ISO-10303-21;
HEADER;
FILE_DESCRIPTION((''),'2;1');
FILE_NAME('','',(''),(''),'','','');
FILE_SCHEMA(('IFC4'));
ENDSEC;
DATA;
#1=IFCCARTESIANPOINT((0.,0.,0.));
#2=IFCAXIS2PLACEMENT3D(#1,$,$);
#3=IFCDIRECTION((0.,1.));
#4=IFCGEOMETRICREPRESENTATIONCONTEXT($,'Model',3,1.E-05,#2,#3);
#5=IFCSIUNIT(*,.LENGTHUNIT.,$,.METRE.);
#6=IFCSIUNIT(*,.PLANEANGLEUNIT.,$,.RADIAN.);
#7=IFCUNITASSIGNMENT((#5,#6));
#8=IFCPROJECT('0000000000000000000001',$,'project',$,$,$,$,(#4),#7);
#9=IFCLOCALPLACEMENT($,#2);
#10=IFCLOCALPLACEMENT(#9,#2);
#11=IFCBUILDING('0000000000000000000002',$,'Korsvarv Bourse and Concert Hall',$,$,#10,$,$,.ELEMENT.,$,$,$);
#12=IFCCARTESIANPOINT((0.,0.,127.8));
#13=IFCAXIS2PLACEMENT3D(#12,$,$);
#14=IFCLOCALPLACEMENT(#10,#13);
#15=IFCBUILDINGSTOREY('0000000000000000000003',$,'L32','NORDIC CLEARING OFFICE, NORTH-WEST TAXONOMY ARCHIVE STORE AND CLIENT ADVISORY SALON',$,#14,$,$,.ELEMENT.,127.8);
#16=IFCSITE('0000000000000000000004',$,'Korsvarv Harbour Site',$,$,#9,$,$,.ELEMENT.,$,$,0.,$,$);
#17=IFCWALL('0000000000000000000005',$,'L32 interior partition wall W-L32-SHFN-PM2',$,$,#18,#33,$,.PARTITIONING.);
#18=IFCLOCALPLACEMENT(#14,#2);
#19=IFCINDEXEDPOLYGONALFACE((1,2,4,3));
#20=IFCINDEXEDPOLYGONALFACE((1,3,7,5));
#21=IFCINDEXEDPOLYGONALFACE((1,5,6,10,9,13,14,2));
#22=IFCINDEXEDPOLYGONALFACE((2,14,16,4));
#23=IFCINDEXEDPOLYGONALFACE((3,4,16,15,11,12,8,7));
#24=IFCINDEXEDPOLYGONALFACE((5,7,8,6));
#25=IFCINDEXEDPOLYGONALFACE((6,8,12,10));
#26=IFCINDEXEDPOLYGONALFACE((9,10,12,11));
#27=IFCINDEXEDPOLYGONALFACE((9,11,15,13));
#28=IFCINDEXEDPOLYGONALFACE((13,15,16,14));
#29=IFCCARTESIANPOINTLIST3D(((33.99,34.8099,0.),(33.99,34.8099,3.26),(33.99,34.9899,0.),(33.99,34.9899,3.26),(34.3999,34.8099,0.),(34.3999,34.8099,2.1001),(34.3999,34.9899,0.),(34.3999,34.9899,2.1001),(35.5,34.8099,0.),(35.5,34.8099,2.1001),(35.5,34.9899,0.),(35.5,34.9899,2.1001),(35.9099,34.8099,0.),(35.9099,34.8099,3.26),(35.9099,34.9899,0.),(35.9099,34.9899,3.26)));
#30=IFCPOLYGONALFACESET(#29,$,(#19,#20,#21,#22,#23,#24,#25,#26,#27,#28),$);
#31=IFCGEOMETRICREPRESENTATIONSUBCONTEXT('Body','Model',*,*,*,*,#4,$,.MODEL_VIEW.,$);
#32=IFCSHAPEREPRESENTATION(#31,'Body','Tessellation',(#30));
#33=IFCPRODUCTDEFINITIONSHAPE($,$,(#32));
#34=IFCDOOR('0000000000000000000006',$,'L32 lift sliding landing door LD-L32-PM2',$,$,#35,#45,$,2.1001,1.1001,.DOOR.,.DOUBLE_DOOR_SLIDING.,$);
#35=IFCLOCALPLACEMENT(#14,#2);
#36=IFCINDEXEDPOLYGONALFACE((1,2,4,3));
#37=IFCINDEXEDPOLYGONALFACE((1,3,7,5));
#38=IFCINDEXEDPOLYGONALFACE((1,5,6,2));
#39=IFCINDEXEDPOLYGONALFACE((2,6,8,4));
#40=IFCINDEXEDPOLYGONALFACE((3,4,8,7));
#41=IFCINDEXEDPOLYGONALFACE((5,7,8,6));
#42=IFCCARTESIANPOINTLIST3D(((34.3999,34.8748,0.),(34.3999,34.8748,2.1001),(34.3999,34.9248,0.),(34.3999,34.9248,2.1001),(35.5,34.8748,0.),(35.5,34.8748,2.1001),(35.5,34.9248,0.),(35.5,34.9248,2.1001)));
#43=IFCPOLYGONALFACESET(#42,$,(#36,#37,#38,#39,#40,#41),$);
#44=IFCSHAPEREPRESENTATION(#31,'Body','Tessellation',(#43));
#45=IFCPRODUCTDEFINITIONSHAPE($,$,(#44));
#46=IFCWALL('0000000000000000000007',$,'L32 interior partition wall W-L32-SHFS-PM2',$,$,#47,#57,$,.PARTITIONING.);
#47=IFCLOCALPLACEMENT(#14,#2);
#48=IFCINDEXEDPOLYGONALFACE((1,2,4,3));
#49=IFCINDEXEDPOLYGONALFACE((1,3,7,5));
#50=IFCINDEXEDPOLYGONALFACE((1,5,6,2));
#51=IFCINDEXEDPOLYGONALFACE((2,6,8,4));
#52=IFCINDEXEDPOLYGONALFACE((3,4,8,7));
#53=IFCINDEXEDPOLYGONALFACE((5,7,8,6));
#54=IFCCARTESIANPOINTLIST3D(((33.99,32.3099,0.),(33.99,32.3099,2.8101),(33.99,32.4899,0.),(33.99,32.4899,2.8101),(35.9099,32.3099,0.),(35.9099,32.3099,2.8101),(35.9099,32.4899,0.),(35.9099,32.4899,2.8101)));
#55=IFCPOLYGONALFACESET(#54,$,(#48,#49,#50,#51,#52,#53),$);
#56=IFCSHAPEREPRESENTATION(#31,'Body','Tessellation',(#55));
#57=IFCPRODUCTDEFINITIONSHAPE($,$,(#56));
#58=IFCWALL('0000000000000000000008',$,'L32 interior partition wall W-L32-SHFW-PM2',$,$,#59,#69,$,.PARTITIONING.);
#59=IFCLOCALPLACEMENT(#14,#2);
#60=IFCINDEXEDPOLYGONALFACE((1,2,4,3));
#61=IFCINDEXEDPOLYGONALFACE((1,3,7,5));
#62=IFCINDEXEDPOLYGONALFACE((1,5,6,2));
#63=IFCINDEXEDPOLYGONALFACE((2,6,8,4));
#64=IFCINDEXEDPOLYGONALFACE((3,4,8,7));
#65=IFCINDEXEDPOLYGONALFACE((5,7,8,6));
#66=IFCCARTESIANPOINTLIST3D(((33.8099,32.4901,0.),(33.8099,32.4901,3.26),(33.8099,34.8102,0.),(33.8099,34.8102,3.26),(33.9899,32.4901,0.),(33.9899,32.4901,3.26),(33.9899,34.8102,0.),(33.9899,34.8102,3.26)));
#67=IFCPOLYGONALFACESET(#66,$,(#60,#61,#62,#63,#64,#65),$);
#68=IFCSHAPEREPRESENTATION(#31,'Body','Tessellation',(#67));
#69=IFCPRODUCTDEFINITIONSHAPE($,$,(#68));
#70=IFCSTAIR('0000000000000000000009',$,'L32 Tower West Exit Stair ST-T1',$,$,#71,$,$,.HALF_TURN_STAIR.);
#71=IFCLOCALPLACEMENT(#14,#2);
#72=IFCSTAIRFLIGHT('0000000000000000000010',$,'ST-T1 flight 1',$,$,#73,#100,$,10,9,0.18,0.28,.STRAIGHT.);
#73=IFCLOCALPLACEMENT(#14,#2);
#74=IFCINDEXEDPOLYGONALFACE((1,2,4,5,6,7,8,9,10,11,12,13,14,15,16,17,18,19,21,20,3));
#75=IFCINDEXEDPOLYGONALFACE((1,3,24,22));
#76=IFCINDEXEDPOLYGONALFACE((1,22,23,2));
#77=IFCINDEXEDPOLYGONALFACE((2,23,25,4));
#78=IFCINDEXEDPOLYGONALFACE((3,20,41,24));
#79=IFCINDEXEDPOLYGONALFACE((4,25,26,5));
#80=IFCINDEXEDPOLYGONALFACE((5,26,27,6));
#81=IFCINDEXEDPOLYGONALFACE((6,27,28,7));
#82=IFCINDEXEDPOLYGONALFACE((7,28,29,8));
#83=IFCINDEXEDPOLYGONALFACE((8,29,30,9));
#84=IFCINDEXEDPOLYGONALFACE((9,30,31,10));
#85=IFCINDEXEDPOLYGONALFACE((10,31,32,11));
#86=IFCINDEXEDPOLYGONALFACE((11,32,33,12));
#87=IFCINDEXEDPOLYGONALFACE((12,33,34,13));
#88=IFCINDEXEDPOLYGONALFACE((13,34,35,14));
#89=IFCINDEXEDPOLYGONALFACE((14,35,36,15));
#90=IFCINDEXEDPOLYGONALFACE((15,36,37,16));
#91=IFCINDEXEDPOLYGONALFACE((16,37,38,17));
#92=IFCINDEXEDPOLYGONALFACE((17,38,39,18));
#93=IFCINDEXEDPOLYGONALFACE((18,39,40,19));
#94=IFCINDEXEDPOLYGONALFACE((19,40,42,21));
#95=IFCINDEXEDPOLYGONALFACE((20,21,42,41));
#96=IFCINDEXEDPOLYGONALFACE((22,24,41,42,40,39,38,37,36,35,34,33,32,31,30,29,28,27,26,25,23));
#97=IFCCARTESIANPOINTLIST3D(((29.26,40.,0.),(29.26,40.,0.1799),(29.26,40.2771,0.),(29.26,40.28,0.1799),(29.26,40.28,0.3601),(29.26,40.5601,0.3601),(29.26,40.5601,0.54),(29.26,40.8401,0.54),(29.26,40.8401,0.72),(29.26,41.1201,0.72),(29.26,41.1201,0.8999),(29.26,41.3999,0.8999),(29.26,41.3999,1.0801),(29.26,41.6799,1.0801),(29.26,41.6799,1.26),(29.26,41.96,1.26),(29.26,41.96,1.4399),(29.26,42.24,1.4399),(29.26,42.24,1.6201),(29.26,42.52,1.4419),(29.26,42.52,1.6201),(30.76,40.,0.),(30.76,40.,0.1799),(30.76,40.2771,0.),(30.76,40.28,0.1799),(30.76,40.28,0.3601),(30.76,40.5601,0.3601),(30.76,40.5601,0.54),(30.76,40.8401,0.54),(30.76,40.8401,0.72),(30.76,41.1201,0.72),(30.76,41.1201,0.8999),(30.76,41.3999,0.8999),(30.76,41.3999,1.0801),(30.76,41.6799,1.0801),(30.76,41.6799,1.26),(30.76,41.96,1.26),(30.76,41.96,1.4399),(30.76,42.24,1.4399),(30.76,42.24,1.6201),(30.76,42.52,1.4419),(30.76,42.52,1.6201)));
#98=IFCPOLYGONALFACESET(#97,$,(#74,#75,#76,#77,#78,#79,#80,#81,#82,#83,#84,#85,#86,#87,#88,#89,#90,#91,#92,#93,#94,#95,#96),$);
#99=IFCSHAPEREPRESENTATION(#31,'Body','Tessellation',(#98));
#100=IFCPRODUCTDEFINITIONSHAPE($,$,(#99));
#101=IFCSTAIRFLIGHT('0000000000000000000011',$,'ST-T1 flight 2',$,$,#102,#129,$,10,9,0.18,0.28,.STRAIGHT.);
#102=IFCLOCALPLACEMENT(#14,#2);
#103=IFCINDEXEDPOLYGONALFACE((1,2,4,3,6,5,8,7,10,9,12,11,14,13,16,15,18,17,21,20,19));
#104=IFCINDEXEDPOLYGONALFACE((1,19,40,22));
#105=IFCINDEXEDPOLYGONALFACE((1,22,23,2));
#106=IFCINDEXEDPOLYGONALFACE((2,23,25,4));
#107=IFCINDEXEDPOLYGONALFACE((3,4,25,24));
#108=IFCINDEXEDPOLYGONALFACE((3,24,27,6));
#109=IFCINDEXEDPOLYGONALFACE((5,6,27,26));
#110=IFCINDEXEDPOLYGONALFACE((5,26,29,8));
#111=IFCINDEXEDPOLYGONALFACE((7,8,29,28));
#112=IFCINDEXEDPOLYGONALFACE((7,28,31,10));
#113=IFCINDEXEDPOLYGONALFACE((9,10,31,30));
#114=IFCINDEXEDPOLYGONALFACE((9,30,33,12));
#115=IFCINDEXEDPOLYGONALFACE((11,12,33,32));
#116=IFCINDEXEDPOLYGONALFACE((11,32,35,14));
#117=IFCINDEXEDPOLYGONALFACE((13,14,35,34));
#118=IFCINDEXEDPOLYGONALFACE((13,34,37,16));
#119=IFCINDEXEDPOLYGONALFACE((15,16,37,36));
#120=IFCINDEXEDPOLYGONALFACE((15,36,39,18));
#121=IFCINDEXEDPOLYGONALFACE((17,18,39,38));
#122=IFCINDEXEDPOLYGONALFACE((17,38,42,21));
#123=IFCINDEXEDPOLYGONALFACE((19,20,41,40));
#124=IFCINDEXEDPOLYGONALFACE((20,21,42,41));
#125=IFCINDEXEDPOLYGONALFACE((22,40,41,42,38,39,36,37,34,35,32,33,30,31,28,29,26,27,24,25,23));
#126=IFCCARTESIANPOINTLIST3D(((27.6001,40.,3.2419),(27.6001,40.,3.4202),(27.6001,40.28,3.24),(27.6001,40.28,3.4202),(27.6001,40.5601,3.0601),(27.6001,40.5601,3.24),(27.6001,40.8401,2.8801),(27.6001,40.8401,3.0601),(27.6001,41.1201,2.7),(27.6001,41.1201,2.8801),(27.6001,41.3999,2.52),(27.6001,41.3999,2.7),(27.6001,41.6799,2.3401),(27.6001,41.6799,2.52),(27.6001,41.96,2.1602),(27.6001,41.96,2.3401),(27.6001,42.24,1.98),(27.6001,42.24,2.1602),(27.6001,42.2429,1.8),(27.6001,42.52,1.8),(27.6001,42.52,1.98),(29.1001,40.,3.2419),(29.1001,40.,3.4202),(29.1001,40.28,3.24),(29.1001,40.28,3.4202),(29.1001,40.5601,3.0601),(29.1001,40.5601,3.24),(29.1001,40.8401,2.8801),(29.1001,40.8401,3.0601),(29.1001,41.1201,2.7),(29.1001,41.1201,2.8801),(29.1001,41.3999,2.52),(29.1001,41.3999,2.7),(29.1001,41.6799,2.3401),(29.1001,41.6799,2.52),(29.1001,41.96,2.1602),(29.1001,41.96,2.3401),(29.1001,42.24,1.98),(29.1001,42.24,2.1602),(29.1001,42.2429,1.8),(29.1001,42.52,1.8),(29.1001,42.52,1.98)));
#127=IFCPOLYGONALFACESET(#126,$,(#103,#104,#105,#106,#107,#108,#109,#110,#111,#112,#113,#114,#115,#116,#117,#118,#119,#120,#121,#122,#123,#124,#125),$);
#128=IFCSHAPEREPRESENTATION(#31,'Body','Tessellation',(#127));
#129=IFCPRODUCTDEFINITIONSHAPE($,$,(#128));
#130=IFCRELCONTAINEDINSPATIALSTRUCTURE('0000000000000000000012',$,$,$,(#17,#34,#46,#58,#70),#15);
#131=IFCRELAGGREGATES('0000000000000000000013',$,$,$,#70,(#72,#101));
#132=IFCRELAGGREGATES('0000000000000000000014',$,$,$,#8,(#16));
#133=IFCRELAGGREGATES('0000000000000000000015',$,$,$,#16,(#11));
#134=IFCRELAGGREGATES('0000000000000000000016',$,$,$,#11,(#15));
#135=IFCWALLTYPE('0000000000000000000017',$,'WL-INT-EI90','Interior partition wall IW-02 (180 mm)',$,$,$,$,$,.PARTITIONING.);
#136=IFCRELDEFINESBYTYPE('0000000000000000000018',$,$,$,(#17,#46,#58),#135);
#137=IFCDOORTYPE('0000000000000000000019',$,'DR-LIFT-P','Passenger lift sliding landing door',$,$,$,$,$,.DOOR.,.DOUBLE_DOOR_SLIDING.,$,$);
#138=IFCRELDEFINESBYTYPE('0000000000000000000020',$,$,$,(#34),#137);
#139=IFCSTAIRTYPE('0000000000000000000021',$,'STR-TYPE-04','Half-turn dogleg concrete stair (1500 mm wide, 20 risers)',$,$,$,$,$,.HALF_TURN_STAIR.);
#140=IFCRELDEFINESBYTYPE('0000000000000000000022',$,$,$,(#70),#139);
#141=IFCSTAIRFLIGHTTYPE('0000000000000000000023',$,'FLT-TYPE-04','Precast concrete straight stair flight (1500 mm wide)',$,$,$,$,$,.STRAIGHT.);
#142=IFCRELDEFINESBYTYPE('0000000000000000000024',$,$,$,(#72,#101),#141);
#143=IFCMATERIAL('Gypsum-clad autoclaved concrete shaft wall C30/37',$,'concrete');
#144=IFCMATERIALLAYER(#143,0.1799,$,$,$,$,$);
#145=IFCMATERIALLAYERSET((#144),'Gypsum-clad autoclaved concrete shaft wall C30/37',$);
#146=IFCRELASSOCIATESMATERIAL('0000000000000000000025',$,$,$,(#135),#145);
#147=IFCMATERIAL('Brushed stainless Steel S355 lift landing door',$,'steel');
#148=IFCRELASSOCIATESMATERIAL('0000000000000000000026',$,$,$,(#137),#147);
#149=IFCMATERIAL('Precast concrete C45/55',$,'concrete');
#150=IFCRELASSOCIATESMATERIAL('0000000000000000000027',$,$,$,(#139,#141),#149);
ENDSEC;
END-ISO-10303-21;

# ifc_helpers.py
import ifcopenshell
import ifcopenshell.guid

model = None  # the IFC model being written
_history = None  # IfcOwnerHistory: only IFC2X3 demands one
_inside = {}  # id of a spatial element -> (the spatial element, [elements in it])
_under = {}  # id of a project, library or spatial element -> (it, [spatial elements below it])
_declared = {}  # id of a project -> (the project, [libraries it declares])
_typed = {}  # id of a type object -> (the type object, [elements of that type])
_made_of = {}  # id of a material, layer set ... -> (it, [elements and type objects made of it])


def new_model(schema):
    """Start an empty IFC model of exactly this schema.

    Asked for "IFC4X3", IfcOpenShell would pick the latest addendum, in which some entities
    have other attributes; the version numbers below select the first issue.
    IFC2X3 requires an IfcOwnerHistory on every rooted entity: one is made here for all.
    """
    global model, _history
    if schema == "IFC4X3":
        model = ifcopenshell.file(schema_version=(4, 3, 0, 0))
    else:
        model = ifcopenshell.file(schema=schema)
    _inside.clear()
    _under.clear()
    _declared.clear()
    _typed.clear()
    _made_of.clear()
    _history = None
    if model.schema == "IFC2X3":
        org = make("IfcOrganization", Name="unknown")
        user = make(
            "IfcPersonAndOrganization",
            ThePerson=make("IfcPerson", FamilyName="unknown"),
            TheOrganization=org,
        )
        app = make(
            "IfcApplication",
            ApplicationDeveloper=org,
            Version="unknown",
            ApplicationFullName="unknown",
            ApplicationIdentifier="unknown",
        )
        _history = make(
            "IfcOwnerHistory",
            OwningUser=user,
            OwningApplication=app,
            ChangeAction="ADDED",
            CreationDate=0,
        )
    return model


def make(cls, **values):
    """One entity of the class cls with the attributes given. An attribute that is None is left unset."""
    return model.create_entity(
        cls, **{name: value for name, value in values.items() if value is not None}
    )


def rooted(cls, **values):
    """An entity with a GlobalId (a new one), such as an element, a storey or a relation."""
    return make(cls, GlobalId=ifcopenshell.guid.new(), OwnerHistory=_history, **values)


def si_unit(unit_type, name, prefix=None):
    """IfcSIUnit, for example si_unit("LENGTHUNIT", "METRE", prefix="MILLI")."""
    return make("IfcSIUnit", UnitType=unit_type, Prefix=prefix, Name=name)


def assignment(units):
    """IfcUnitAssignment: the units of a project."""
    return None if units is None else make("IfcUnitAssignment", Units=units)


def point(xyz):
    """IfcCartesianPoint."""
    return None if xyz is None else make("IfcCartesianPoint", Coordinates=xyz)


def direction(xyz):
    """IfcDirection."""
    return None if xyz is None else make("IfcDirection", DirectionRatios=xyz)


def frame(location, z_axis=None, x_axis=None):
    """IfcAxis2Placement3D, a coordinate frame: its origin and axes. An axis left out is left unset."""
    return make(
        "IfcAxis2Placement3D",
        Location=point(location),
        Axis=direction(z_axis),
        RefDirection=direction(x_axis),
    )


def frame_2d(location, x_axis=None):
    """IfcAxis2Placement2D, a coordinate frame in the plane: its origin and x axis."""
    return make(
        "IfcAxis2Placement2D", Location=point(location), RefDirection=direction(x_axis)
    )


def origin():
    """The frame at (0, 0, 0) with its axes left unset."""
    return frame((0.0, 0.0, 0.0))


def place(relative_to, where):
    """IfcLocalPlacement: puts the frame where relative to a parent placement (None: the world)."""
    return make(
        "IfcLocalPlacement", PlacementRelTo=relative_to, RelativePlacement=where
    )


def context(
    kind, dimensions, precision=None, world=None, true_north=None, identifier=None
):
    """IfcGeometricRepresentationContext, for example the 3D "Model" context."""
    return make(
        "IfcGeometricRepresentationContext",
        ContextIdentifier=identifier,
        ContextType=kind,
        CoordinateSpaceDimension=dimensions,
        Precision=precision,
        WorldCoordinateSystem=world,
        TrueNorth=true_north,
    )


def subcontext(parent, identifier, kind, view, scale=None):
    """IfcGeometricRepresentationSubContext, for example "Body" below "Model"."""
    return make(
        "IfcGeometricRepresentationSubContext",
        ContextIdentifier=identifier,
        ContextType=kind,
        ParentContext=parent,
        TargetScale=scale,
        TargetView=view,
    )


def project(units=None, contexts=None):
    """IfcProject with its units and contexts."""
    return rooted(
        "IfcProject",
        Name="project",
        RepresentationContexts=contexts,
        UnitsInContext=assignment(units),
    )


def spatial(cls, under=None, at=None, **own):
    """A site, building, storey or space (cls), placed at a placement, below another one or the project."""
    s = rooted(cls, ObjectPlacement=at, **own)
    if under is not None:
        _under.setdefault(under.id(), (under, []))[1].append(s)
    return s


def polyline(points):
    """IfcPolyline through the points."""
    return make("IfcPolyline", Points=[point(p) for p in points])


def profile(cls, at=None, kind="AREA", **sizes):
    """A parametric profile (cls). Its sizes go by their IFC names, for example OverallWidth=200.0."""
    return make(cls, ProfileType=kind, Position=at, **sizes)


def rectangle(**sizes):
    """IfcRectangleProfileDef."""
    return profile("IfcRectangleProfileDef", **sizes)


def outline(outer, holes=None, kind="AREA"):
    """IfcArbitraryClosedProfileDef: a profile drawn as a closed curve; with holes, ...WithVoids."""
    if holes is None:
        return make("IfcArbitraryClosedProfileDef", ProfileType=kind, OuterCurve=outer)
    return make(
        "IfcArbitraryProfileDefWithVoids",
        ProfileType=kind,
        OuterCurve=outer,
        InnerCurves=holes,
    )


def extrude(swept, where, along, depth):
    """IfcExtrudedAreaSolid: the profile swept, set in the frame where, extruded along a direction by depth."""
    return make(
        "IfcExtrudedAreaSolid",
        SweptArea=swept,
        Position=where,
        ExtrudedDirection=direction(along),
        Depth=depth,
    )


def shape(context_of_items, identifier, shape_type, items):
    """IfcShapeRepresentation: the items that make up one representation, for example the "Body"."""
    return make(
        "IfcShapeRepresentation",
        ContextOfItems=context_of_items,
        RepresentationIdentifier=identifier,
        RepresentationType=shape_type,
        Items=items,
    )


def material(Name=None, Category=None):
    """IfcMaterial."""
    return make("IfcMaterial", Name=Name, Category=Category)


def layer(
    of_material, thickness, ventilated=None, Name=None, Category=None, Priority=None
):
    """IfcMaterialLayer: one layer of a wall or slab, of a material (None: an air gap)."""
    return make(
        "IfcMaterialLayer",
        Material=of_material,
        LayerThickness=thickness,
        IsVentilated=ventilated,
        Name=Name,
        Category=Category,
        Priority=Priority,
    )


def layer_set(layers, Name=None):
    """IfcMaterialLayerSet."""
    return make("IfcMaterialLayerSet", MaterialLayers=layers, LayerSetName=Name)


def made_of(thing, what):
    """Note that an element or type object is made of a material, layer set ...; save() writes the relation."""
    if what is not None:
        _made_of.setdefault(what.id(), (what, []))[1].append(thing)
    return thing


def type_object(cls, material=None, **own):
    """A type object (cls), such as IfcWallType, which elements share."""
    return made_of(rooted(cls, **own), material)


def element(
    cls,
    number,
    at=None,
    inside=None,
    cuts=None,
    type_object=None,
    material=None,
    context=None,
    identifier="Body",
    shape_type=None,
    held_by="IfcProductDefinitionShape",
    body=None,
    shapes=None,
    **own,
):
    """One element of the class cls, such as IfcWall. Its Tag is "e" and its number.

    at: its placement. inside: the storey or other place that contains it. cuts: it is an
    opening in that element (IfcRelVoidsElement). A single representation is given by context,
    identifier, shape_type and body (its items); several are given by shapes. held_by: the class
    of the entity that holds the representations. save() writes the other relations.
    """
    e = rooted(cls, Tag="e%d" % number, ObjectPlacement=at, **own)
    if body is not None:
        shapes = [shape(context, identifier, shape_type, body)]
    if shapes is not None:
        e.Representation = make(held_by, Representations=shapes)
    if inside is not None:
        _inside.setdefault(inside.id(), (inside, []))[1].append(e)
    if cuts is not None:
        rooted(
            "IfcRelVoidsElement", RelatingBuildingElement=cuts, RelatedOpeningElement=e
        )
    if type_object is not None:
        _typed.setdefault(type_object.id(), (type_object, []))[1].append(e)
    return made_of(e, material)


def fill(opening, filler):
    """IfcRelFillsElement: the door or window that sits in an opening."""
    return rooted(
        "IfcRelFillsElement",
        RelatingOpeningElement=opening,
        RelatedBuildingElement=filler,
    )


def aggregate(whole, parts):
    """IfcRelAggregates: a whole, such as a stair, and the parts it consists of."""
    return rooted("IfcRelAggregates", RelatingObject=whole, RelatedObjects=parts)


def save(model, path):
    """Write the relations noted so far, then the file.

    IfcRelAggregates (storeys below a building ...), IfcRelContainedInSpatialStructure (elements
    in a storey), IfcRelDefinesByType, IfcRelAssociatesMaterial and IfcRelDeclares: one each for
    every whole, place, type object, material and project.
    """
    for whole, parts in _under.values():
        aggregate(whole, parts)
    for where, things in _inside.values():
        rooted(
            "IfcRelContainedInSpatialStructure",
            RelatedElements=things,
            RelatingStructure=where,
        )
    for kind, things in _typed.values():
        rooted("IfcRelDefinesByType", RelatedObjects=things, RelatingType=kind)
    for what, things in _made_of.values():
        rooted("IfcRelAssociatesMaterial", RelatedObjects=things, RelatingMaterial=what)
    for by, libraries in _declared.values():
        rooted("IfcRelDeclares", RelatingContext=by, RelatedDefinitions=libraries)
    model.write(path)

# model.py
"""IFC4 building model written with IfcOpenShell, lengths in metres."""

from ifc_helpers import new_model, si_unit, direction, frame, frame_2d, origin, place, context, subcontext, project, spatial, polyline, rectangle, outline, extrude, material, layer, layer_set, type_object, element, fill, aggregate, save


model = new_model("IFC4")

# Units and contexts
model_context = context("Model", 3, precision=1e-05, world=origin(), true_north=direction((0.0, 1.0)))
body_context = subcontext(model_context, "Body", "Model", "MODEL_VIEW")
ifc_project = project(units=[si_unit("LENGTHUNIT", "METRE"), si_unit("PLANEANGLEUNIT", "RADIAN")], contexts=[model_context])

# Site, building, storey
site_placement = place(None, origin())
site = spatial("IfcSite", under=ifc_project, at=site_placement, Name="Korsvarv Harbour Site", CompositionType="ELEMENT", RefElevation=0.0)
building_placement = place(site_placement, origin())
building = spatial("IfcBuilding", under=site, at=building_placement, Name="Korsvarv Bourse and Concert Hall", CompositionType="ELEMENT")
storey_placement = place(building_placement, frame((0.0, 0.0, 127.8)))
storey = spatial("IfcBuildingStorey", under=building, at=storey_placement, Name="L32", Description="NORDIC CLEARING OFFICE, NORTH-WEST TAXONOMY ARCHIVE STORE AND CLIENT ADVISORY SALON", CompositionType="ELEMENT", Elevation=127.8)

# Shared definitions
ifc_material_1 = material(Name="Gypsum-clad autoclaved concrete shaft wall C30/37", Category="concrete")
ifc_layer_1 = layer(ifc_material_1, 0.1799)
ifc_layer_set_1 = layer_set([ifc_layer_1], Name="Gypsum-clad autoclaved concrete shaft wall C30/37")
wall_type_1 = type_object("IfcWallType", Name="WL-INT-EI90", Description="Interior partition wall IW-02 (180 mm)", PredefinedType="PARTITIONING", material=ifc_layer_set_1)
ifc_material_2 = material(Name="Brushed stainless Steel S355 lift landing door", Category="steel")
door_type_1 = type_object("IfcDoorType", Name="DR-LIFT-P", Description="Passenger lift sliding landing door", OperationType="DOUBLE_DOOR_SLIDING", PredefinedType="DOOR", material=ifc_material_2)

# Wall, opening, door
wall_1_placement = place(storey_placement, frame((33.99, 34.8999, 0.0), z_axis=(0.0, 0.0, 1.0), x_axis=(1.0, 0.0, 0.0)))
wall_1 = element("IfcWall", 1, at=wall_1_placement, inside=storey, type_object=wall_type_1, Name="L32 interior partition wall W-L32-SHFN-PM2", PredefinedType="PARTITIONING", context=body_context, shape_type="SweptSolid", body=[
    extrude(rectangle(XDim=1.9199, YDim=0.1799, at=frame_2d((0.96, 0.0))), origin(), (0.0, 0.0, 1.0), 3.26),
])
opening_1_placement = place(wall_1_placement, frame((0.4099, 0.0, 0.0)))
opening_1 = element("IfcOpeningElement", 2, at=opening_1_placement, cuts=wall_1, PredefinedType="OPENING", context=body_context, shape_type="SweptSolid", body=[
    extrude(rectangle(XDim=1.1001, YDim=2.1001, at=frame_2d((0.55, 1.05))), frame((0.0, 0.1001, 0.0), z_axis=(0.0, -1.0, 0.0), x_axis=(1.0, 0.0, 0.0)), (0.0, 0.0, 1.0), 0.2),
])
door_1_placement = place(opening_1_placement, origin())
door_1 = element("IfcDoor", 3, at=door_1_placement, inside=storey, type_object=door_type_1, Name="L32 lift sliding landing door LD-L32-PM2", OperationType="DOUBLE_DOOR_SLIDING", OverallHeight=2.1001, OverallWidth=1.1001, PredefinedType="DOOR", context=body_context, shape_type="SweptSolid", body=[
    extrude(rectangle(XDim=1.1001, YDim=2.1001, at=frame_2d((0.55, 1.05))), frame((0.0, 0.0249, 0.0), z_axis=(0.0, -1.0, 0.0), x_axis=(1.0, 0.0, 0.0)), (0.0, 0.0, 1.0), 0.05),
])
fill(opening_1, door_1)

# Walls
wall_2_placement = place(storey_placement, frame((33.99, 32.3999, 0.0), z_axis=(0.0, 0.0, 1.0), x_axis=(1.0, 0.0, 0.0)))
element("IfcWall", 4, at=wall_2_placement, inside=storey, type_object=wall_type_1, Name="L32 interior partition wall W-L32-SHFS-PM2", PredefinedType="PARTITIONING", context=body_context, shape_type="SweptSolid", body=[
    extrude(rectangle(XDim=1.9199, YDim=0.1799, at=frame_2d((0.96, 0.0))), origin(), (0.0, 0.0, 1.0), 2.8101),
])
wall_3_placement = place(storey_placement, frame((33.8999, 32.49, 0.0), z_axis=(0.0, 0.0, 1.0), x_axis=(0.0, 1.0, 0.0)))
element("IfcWall", 5, at=wall_3_placement, inside=storey, type_object=wall_type_1, Name="L32 interior partition wall W-L32-SHFW-PM2", PredefinedType="PARTITIONING", context=body_context, shape_type="SweptSolid", body=[
    extrude(rectangle(XDim=2.3201, YDim=0.1799, at=frame_2d((1.1602, 0.0))), origin(), (0.0, 0.0, 1.0), 3.26),
])

# Stair, stair flights
ifc_material_3 = material(Name="Precast concrete C45/55", Category="concrete")
stair_type = type_object("IfcStairType", Name="STR-TYPE-04", Description="Half-turn dogleg concrete stair (1500 mm wide, 20 risers)", PredefinedType="HALF_TURN_STAIR", material=ifc_material_3)
stair_placement = place(storey_placement, origin())
stair = element("IfcStair", 6, at=stair_placement, inside=storey, type_object=stair_type, Name="L32 Tower West Exit Stair ST-T1", PredefinedType="HALF_TURN_STAIR")
stair_flight_type = type_object("IfcStairFlightType", Name="FLT-TYPE-04", Description="Precast concrete straight stair flight (1500 mm wide)", PredefinedType="STRAIGHT", material=ifc_material_3)
stair_flight_1_placement = place(storey_placement, frame((30.01, 40.0, 0.0), z_axis=(0.0, 0.0, 1.0), x_axis=(0.0, 1.0, 0.0)))
stair_flight_1 = element("IfcStairFlight", 7, at=stair_flight_1_placement, type_object=stair_flight_type, Name="ST-T1 flight 1", NumberOfRisers=10, NumberOfTreads=9, PredefinedType="STRAIGHT", RiserHeight=0.18, TreadLength=0.28, context=body_context, shape_type="SweptSolid", body=[
    extrude(outline(polyline([(0.0, 0.0), (0.0, 0.1799), (0.28, 0.1799), (0.28, 0.3601), (0.5601, 0.3601), (0.5601, 0.54), (0.8401, 0.54), (0.8401, 0.72), (1.1201, 0.72), (1.1201, 0.8999), (1.3999, 0.8999), (1.3999, 1.0801), (1.6799, 1.0801), (1.6799, 1.26), (1.96, 1.26), (1.96, 1.4399), (2.24, 1.4399), (2.24, 1.6201), (2.52, 1.6201), (2.52, 1.8), (2.52, 1.4419), (0.2771, 0.0), (0.0, 0.0)])), frame((0.0, 0.75, 0.0), z_axis=(0.0, -1.0, 0.0), x_axis=(1.0, 0.0, 0.0)), (0.0, 0.0, 1.0), 1.5),
])
stair_flight_2_placement = place(storey_placement, frame((28.3501, 42.52, 1.8), z_axis=(0.0, 0.0, 1.0), x_axis=(0.0, -1.0, 0.0)))
stair_flight_2 = element("IfcStairFlight", 8, at=stair_flight_2_placement, type_object=stair_flight_type, Name="ST-T1 flight 2", NumberOfRisers=10, NumberOfTreads=9, PredefinedType="STRAIGHT", RiserHeight=0.18, TreadLength=0.28, context=body_context, shape_type="SweptSolid", body=[
    extrude(outline(polyline([(0.0, 0.0), (0.0, 0.1799), (0.28, 0.1799), (0.28, 0.3601), (0.5601, 0.3601), (0.5601, 0.54), (0.8401, 0.54), (0.8401, 0.72), (1.1201, 0.72), (1.1201, 0.8999), (1.3999, 0.8999), (1.3999, 1.0801), (1.6799, 1.0801), (1.6799, 1.26), (1.96, 1.26), (1.96, 1.4399), (2.24, 1.4399), (2.24, 1.6201), (2.52, 1.6201), (2.52, 1.8), (2.52, 1.4419), (0.2771, 0.0), (0.0, 0.0)])), frame((0.0, 0.75, 0.0), z_axis=(0.0, -1.0, 0.0), x_axis=(1.0, 0.0, 0.0)), (0.0, 0.0, 1.0), 1.5),
])
aggregate(stair, [stair_flight_1, stair_flight_2])

save(model, "model.ifc")
